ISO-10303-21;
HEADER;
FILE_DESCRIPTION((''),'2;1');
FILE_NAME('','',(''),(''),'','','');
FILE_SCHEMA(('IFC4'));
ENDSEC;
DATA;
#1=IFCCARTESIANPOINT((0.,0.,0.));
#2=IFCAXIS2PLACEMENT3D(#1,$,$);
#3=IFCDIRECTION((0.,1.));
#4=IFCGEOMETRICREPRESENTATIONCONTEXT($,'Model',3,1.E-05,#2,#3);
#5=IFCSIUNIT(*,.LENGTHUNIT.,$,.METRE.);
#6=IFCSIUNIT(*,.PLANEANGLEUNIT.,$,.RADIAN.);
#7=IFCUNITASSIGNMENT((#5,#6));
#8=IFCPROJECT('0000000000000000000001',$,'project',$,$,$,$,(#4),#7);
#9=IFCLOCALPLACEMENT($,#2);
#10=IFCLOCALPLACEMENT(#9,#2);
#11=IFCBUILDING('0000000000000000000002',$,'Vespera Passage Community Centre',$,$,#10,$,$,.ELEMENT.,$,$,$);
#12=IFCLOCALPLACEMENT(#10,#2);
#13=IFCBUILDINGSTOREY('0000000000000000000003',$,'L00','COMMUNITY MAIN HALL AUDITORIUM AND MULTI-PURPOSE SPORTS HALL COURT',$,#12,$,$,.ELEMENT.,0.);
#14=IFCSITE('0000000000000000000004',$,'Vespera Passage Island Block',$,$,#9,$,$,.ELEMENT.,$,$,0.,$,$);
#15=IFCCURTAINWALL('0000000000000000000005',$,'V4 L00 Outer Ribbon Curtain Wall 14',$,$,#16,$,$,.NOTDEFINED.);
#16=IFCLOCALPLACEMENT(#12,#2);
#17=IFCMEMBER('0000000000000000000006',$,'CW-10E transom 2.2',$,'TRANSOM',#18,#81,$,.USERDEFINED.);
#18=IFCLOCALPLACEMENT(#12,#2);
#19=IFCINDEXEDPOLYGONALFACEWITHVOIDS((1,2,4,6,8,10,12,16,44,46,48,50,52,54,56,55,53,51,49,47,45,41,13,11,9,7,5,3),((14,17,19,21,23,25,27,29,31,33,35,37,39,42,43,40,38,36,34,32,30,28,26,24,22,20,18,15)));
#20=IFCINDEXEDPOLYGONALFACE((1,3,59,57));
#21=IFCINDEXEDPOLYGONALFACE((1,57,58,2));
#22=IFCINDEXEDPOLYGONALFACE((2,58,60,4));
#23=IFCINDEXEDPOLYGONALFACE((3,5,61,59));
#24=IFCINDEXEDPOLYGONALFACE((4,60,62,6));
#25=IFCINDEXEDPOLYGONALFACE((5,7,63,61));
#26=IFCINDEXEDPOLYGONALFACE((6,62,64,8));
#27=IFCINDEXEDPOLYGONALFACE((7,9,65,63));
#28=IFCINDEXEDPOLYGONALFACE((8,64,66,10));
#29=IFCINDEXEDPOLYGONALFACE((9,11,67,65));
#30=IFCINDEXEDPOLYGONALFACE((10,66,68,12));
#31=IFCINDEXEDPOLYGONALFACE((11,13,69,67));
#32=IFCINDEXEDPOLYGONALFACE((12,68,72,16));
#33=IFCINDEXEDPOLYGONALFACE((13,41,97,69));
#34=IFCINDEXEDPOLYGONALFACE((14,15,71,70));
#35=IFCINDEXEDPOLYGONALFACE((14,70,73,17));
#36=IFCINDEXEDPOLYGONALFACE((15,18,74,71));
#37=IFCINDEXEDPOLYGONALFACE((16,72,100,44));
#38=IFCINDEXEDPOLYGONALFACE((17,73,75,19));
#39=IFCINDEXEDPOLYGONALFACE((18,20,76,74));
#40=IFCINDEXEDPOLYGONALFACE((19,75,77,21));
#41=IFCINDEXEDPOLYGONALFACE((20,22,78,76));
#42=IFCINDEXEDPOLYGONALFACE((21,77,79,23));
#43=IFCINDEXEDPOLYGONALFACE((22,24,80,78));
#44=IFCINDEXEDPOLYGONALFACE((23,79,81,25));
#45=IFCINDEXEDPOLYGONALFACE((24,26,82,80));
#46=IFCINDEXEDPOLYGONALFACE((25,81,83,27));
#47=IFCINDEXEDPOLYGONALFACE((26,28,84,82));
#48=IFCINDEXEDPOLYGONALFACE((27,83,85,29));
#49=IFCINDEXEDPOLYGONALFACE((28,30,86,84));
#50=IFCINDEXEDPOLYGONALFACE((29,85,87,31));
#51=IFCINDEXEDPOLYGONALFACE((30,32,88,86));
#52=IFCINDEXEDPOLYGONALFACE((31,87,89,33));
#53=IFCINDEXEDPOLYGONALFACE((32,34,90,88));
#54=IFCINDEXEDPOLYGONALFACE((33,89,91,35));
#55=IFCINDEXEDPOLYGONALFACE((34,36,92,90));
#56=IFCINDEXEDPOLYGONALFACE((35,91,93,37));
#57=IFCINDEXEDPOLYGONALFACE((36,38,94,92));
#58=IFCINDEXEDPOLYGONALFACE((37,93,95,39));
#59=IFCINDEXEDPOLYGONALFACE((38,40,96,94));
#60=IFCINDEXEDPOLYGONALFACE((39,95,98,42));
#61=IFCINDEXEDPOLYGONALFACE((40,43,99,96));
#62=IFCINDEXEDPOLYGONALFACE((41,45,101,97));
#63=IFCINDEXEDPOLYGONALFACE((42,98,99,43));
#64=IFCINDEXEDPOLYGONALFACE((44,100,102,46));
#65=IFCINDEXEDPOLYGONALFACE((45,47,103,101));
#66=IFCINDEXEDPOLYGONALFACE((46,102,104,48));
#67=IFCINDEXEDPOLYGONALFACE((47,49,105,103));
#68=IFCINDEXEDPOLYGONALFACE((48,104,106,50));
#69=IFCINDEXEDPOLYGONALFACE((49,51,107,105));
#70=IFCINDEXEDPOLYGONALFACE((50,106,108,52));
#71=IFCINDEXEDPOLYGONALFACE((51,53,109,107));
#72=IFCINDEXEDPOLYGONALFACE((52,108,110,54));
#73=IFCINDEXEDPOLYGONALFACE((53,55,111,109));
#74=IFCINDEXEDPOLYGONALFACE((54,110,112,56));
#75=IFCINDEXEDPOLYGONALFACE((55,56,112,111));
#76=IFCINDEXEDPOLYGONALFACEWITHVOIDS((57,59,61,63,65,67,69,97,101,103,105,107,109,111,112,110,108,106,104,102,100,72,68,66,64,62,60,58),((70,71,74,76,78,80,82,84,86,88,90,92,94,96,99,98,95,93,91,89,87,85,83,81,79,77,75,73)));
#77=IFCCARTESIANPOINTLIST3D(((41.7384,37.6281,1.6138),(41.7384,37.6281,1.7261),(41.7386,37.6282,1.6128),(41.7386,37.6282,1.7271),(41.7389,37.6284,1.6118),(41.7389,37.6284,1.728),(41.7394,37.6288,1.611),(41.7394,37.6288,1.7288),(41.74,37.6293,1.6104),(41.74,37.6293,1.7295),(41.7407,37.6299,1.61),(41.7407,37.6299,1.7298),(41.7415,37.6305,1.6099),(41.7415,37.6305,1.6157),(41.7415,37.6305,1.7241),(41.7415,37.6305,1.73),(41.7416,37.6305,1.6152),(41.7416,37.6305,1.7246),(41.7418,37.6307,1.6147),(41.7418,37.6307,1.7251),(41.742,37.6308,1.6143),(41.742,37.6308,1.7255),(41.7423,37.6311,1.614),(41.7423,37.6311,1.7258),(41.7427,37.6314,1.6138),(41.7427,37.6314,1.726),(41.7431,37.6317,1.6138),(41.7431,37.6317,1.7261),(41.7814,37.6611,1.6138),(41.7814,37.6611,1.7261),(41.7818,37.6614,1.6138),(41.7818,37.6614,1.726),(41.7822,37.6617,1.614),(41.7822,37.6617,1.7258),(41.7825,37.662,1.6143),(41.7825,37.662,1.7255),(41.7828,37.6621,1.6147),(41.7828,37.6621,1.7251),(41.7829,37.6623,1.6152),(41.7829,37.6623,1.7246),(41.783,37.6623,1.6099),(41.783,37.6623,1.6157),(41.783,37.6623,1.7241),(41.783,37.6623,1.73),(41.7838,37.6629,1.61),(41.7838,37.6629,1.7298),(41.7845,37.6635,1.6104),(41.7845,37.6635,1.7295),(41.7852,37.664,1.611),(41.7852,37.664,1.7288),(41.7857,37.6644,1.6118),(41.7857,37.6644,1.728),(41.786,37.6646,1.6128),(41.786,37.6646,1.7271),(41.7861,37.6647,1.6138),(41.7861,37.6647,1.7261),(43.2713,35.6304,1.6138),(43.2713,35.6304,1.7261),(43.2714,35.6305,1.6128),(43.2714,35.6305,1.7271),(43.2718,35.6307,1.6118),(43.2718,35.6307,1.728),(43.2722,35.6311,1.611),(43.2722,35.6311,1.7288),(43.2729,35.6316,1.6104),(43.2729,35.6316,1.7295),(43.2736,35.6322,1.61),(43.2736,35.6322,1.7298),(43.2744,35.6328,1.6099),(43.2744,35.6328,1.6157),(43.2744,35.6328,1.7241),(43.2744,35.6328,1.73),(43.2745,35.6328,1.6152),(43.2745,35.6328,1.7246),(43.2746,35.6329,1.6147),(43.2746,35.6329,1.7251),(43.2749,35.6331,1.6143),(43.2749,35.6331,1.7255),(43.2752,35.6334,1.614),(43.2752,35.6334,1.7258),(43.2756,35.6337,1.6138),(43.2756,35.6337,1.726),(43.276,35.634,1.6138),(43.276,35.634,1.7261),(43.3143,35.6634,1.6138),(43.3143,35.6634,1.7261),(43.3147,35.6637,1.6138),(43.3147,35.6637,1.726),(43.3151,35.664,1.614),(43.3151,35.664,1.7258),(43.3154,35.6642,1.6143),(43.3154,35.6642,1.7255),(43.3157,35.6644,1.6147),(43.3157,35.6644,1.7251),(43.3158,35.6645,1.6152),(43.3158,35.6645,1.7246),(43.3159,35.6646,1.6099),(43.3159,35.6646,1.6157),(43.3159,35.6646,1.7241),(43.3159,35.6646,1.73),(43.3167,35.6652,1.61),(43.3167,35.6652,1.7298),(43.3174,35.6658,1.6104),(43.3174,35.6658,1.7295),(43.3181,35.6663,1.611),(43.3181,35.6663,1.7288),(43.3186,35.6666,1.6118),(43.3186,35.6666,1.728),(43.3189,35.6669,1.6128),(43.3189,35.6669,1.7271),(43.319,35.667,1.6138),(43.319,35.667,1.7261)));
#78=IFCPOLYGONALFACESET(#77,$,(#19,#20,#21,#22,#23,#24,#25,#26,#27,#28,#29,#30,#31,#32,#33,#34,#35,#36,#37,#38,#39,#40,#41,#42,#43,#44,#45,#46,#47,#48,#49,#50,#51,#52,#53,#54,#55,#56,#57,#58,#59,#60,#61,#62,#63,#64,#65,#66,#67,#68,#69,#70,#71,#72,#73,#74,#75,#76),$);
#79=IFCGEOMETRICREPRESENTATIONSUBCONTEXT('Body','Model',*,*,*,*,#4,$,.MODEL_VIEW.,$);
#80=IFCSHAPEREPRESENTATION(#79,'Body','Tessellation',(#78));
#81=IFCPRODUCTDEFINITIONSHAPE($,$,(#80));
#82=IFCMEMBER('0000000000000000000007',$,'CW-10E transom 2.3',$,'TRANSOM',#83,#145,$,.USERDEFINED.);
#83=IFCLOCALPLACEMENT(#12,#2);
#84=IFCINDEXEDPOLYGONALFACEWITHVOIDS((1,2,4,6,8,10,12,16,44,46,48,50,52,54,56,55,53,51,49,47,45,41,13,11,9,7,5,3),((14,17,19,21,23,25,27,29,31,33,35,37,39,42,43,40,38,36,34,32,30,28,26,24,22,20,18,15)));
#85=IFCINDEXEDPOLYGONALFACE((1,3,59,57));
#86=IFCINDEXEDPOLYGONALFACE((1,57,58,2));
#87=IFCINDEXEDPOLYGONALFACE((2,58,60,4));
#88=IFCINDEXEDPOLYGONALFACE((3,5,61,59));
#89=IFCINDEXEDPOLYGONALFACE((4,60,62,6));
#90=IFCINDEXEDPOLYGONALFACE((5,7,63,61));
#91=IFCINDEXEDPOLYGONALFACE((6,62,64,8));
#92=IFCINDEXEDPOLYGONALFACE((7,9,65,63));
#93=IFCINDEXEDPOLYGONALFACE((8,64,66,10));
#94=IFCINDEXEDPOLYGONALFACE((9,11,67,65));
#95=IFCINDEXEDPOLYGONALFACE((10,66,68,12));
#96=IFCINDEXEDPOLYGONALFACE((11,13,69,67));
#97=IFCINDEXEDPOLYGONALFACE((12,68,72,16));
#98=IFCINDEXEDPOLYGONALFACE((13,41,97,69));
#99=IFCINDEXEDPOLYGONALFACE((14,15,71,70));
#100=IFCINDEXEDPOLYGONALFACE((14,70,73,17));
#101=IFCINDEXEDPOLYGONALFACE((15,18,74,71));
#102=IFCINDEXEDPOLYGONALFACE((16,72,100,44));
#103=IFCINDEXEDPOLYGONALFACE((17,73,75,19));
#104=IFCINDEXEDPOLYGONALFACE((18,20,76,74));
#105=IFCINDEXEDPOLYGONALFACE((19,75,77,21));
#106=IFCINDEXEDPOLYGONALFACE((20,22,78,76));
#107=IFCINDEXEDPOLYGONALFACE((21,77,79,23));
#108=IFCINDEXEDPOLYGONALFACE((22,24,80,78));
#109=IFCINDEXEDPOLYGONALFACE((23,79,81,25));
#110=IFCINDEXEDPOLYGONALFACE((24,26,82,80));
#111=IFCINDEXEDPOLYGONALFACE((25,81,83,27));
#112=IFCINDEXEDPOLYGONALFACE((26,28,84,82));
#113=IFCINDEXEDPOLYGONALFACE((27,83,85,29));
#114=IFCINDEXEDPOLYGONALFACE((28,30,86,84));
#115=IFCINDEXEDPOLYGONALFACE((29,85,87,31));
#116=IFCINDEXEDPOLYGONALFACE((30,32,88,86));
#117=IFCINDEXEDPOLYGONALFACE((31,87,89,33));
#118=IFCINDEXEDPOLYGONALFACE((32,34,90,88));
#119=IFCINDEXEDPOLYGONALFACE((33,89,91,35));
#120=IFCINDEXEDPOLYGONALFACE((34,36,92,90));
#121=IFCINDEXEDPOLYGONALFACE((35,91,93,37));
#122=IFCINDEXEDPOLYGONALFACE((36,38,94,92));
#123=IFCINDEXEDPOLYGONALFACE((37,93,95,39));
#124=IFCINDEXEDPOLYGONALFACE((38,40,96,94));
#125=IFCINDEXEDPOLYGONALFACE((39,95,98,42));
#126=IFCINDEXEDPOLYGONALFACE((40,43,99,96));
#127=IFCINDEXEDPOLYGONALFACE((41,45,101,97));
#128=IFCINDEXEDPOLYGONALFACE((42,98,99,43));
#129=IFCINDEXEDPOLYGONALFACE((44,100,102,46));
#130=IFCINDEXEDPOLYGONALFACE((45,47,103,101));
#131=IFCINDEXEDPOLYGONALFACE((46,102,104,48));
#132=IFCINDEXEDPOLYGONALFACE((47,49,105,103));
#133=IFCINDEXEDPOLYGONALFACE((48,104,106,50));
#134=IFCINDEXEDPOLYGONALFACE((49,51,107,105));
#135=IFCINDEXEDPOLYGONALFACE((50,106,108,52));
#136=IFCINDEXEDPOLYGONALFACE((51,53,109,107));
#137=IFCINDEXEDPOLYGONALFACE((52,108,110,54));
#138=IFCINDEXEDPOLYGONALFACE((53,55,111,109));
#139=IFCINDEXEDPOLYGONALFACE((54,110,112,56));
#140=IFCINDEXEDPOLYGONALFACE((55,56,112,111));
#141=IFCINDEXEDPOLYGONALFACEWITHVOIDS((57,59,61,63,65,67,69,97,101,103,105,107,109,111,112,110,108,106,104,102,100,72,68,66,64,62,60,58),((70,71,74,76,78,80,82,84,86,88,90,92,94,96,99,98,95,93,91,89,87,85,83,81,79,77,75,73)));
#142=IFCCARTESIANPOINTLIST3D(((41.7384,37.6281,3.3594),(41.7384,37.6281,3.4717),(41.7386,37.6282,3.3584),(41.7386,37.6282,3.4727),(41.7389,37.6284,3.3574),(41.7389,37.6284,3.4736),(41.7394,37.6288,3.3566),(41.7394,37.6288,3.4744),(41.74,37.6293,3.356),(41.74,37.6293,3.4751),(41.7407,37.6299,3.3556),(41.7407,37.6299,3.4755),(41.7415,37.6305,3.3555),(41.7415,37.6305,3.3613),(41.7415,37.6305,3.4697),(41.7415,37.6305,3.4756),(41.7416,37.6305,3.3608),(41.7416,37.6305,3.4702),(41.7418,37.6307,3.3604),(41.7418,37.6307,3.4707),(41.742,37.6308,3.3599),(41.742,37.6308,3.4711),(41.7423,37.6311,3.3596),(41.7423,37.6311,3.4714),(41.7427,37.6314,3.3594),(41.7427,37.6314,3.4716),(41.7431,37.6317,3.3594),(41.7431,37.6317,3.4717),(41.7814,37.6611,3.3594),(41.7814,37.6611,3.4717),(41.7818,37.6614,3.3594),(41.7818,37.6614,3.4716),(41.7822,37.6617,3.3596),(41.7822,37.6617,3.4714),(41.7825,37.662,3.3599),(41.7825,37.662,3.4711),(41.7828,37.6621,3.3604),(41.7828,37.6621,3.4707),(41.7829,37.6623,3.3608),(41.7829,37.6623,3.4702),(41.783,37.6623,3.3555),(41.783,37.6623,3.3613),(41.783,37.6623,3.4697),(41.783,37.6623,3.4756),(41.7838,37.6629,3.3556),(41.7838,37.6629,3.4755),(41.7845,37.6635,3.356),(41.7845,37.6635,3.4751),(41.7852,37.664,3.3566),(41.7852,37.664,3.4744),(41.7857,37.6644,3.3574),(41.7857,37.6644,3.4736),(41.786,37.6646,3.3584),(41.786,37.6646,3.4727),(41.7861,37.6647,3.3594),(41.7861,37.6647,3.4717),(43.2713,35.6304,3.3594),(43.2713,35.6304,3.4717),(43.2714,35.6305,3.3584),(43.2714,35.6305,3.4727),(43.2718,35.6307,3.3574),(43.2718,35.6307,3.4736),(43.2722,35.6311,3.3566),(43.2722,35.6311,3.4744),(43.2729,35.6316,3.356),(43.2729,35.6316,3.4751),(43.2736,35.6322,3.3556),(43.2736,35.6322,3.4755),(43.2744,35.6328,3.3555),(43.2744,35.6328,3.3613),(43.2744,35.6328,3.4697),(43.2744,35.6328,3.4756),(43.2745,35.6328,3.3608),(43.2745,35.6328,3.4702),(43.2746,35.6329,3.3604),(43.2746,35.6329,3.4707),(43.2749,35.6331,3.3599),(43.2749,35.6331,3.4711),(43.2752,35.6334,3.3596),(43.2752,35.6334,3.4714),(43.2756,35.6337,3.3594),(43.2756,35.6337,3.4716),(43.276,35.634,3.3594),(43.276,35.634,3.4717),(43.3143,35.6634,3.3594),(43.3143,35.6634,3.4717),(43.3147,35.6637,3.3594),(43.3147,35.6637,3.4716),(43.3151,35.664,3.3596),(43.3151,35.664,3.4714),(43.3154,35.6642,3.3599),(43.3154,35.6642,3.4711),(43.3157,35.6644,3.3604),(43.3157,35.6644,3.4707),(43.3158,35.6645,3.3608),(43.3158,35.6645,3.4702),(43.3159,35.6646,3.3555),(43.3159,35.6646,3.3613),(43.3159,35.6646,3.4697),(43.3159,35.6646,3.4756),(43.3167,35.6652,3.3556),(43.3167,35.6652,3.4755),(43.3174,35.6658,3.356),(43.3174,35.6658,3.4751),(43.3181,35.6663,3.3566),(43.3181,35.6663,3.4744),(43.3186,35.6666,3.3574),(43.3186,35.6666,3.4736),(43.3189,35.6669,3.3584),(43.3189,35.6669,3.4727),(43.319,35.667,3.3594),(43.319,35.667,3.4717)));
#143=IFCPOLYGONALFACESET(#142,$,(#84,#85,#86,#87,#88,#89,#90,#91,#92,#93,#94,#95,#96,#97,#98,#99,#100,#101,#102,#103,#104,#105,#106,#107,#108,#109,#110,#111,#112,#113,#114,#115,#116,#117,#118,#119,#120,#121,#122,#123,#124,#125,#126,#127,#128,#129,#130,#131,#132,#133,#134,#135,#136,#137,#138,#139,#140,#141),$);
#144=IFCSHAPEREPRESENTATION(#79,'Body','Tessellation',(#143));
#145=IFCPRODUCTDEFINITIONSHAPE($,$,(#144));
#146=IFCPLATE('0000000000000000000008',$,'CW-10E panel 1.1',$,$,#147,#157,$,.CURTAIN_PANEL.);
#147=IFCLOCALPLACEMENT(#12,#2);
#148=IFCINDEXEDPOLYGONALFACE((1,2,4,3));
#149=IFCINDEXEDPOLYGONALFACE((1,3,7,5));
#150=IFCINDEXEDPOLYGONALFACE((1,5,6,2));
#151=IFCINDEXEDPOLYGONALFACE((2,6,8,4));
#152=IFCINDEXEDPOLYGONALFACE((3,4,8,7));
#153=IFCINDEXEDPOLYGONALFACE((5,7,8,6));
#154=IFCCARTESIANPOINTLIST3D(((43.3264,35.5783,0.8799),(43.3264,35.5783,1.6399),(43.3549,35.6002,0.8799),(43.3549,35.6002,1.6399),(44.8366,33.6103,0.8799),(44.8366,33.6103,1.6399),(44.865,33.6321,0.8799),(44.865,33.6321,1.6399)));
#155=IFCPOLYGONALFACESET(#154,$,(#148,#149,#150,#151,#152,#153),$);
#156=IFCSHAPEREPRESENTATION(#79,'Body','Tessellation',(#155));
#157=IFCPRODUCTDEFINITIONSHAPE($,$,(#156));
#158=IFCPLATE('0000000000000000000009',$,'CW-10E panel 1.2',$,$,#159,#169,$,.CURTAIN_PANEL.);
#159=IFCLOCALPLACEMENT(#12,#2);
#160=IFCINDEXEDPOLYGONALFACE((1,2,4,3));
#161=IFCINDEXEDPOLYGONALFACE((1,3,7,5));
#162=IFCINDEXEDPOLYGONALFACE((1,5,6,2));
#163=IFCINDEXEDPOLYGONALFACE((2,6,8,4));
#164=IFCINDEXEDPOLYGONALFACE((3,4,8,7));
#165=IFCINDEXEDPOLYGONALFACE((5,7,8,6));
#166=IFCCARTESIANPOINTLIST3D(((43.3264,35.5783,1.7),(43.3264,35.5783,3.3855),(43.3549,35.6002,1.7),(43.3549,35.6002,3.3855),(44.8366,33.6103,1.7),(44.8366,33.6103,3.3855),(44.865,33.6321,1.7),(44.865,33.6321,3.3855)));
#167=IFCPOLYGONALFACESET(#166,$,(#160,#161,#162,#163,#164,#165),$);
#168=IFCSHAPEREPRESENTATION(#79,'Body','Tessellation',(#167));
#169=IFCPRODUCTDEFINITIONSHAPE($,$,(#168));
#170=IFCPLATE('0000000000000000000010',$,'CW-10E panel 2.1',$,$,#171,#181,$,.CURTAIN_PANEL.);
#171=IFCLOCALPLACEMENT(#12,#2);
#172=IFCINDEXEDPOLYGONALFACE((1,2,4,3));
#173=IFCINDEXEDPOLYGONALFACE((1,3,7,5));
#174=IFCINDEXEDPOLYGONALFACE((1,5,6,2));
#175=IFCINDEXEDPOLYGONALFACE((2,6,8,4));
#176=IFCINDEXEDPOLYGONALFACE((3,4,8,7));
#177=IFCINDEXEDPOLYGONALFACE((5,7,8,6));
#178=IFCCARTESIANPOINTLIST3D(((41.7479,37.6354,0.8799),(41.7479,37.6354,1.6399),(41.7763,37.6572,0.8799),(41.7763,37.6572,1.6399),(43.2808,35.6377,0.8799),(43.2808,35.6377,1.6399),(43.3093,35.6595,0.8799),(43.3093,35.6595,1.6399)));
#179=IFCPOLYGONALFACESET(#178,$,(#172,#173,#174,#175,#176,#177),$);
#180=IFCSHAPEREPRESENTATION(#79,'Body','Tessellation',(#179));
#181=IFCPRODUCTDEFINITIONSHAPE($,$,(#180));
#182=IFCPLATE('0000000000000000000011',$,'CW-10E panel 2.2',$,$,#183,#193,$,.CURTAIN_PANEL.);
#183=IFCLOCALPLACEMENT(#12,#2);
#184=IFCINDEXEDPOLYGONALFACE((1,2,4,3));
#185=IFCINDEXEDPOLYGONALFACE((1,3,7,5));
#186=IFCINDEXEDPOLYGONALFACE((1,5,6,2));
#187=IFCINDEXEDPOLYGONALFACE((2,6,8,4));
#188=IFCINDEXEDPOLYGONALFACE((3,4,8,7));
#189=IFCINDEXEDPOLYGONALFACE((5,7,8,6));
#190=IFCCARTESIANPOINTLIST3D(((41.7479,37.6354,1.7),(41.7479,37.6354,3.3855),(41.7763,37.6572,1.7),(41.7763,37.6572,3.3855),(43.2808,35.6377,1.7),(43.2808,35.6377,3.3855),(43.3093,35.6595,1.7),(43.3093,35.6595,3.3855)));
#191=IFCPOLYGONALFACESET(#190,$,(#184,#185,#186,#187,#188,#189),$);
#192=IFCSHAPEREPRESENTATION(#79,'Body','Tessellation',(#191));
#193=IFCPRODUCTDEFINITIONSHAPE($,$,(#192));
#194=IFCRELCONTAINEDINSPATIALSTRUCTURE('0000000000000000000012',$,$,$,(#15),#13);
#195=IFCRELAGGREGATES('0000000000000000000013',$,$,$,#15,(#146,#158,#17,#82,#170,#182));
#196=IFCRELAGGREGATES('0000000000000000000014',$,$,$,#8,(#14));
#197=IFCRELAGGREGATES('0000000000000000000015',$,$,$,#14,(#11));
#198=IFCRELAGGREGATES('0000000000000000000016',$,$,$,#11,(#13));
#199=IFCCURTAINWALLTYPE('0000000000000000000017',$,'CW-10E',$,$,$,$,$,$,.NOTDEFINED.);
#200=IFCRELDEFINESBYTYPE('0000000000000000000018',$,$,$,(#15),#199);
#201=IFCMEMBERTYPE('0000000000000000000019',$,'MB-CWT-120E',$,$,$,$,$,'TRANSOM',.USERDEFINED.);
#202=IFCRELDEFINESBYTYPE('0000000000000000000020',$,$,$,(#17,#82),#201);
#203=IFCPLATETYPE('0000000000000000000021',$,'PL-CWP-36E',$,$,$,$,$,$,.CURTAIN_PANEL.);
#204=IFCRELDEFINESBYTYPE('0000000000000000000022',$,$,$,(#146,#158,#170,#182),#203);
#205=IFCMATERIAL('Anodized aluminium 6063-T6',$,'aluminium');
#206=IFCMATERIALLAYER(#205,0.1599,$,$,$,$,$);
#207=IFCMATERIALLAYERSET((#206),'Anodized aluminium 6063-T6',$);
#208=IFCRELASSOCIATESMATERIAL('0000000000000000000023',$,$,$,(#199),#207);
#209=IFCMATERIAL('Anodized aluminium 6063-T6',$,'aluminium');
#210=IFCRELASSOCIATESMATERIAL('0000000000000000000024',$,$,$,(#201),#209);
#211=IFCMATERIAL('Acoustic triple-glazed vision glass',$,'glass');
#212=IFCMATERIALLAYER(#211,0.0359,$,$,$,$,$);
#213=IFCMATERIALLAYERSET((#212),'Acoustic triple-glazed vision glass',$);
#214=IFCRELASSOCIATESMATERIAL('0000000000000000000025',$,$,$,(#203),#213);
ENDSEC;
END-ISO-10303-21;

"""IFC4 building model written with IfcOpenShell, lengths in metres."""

from ifc_helpers import new_model, si_unit, direction, frame, origin, origin_2d, place, context, subcontext, project, spatial, rectangle, hollow_rectangle, extrude, material, layer, layer_set, material_profile, profile_set, type_object, element, aggregate, save


model = new_model("IFC4")

# Units and contexts
model_context = context("Model", 3, precision=1e-05, world=origin(), true_north=direction((0.0, 1.0)))
body_context = subcontext(model_context, "Body", "Model", "MODEL_VIEW")
ifc_project = project(units=[si_unit("LENGTHUNIT", "METRE"), si_unit("PLANEANGLEUNIT", "RADIAN")], contexts=[model_context])

# Site, building, storey
site_placement = place(None, origin())
site = spatial("IfcSite", under=ifc_project, at=site_placement, Name="Vespera Passage Island Block", CompositionType="ELEMENT", RefElevation=0.0)
building_placement = place(site_placement, origin())
building = spatial("IfcBuilding", under=site, at=building_placement, Name="Vespera Passage Community Centre", CompositionType="ELEMENT")
storey_placement = place(building_placement, origin())
storey = spatial("IfcBuildingStorey", under=building, at=storey_placement, Name="L00", Description="COMMUNITY MAIN HALL AUDITORIUM AND MULTI-PURPOSE SPORTS HALL COURT", CompositionType="ELEMENT", Elevation=0.0)

# Curtain wall, members, plates
ifc_material_1 = material(Name="Anodized aluminium 6063-T6", Category="aluminium")
ifc_layer_1 = layer(ifc_material_1, 0.1599)
ifc_layer_set_1 = layer_set([ifc_layer_1], Name="Anodized aluminium 6063-T6")
curtain_wall_type = type_object("IfcCurtainWallType", Name="CW-10E", PredefinedType="NOTDEFINED", material=ifc_layer_set_1)
curtain_wall_placement = place(storey_placement, origin())
curtain_wall = element("IfcCurtainWall", 1, at=curtain_wall_placement, inside=storey, type_object=curtain_wall_type, Name="V4 L00 Outer Ribbon Curtain Wall 14", PredefinedType="NOTDEFINED")
ifc_material_2 = material(Name="Anodized aluminium 6063-T6", Category="aluminium")
ifc_material_profile_1 = material_profile(ifc_material_2, hollow_rectangle(XDim=0.0601, YDim=0.1201, WallThickness=0.0039, InnerFilletRadius=0.002, OuterFilletRadius=0.0039, at=origin_2d()), Name="ALU120X60X4")
ifc_profile_set_1 = profile_set([ifc_material_profile_1], Name="Anodized aluminium 6063-T6")
member_type_1 = type_object("IfcMemberType", Name="MB-CWT-120E", ElementType="TRANSOM", PredefinedType="USERDEFINED", material=ifc_profile_set_1)
member_1_placement = place(storey_placement, frame((43.2952, 35.6487, 1.6699), z_axis=(-0.608759, 0.793355, 0.0), x_axis=(-0.793355, -0.608759, 0.0)))
member_1 = element("IfcMember", 2, at=member_1_placement, type_object=member_type_1, Name="CW-10E transom 2.2", ObjectType="TRANSOM", PredefinedType="USERDEFINED", context=body_context, shape_type="SweptSolid", body=[
    extrude(hollow_rectangle(XDim=0.0601, YDim=0.1201, WallThickness=0.0039, InnerFilletRadius=0.002, OuterFilletRadius=0.0039, at=origin_2d()), origin(), (0.0, 0.0, 1.0), 2.5181),
])
member_2_placement = place(storey_placement, frame((43.2952, 35.6487, 3.4155), z_axis=(-0.608759, 0.793355, 0.0), x_axis=(-0.793355, -0.608759, 0.0)))
member_2 = element("IfcMember", 3, at=member_2_placement, type_object=member_type_1, Name="CW-10E transom 2.3", ObjectType="TRANSOM", PredefinedType="USERDEFINED", context=body_context, shape_type="SweptSolid", body=[
    extrude(hollow_rectangle(XDim=0.0601, YDim=0.1201, WallThickness=0.0039, InnerFilletRadius=0.002, OuterFilletRadius=0.0039, at=origin_2d()), origin(), (0.0, 0.0, 1.0), 2.5181),
])
ifc_material_3 = material(Name="Acoustic triple-glazed vision glass", Category="glass")
ifc_layer_2 = layer(ifc_material_3, 0.0359)
ifc_layer_set_2 = layer_set([ifc_layer_2], Name="Acoustic triple-glazed vision glass")
plate_type = type_object("IfcPlateType", Name="PL-CWP-36E", PredefinedType="CURTAIN_PANEL", material=ifc_layer_set_2)
plate_1_placement = place(storey_placement, frame((44.0957, 34.6052, 0.8799), z_axis=(0.0, 0.0, 1.0), x_axis=(-0.608765, 0.79335, 0.0)))
plate_1 = element("IfcPlate", 4, at=plate_1_placement, type_object=plate_type, Name="CW-10E panel 1.1", PredefinedType="CURTAIN_PANEL", context=body_context, shape_type="SweptSolid", body=[
    extrude(rectangle(XDim=2.4807, YDim=0.0359, at=origin_2d()), origin(), (0.0, 0.0, 1.0), 0.76),
])
plate_2_placement = place(storey_placement, frame((44.0957, 34.6052, 1.7), z_axis=(0.0, 0.0, 1.0), x_axis=(-0.608765, 0.79335, 0.0)))
plate_2 = element("IfcPlate", 5, at=plate_2_placement, type_object=plate_type, Name="CW-10E panel 1.2", PredefinedType="CURTAIN_PANEL", context=body_context, shape_type="SweptSolid", body=[
    extrude(rectangle(XDim=2.4807, YDim=0.0359, at=origin_2d()), origin(), (0.0, 0.0, 1.0), 1.6855),
])
plate_3_placement = place(storey_placement, frame((42.5286, 36.6475, 0.8799), z_axis=(0.0, 0.0, 1.0), x_axis=(-0.608765, 0.79335, 0.0)))
plate_3 = element("IfcPlate", 6, at=plate_3_placement, type_object=plate_type, Name="CW-10E panel 2.1", PredefinedType="CURTAIN_PANEL", context=body_context, shape_type="SweptSolid", body=[
    extrude(rectangle(XDim=2.5181, YDim=0.0359, at=origin_2d()), origin(), (0.0, 0.0, 1.0), 0.76),
])
plate_4_placement = place(storey_placement, frame((42.5286, 36.6475, 1.7), z_axis=(0.0, 0.0, 1.0), x_axis=(-0.608765, 0.79335, 0.0)))
plate_4 = element("IfcPlate", 7, at=plate_4_placement, type_object=plate_type, Name="CW-10E panel 2.2", PredefinedType="CURTAIN_PANEL", context=body_context, shape_type="SweptSolid", body=[
    extrude(rectangle(XDim=2.5181, YDim=0.0359, at=origin_2d()), origin(), (0.0, 0.0, 1.0), 1.6855),
])
aggregate(curtain_wall, [plate_1, plate_2, member_1, member_2, plate_3, plate_4])

save(model, "model.ifc")
